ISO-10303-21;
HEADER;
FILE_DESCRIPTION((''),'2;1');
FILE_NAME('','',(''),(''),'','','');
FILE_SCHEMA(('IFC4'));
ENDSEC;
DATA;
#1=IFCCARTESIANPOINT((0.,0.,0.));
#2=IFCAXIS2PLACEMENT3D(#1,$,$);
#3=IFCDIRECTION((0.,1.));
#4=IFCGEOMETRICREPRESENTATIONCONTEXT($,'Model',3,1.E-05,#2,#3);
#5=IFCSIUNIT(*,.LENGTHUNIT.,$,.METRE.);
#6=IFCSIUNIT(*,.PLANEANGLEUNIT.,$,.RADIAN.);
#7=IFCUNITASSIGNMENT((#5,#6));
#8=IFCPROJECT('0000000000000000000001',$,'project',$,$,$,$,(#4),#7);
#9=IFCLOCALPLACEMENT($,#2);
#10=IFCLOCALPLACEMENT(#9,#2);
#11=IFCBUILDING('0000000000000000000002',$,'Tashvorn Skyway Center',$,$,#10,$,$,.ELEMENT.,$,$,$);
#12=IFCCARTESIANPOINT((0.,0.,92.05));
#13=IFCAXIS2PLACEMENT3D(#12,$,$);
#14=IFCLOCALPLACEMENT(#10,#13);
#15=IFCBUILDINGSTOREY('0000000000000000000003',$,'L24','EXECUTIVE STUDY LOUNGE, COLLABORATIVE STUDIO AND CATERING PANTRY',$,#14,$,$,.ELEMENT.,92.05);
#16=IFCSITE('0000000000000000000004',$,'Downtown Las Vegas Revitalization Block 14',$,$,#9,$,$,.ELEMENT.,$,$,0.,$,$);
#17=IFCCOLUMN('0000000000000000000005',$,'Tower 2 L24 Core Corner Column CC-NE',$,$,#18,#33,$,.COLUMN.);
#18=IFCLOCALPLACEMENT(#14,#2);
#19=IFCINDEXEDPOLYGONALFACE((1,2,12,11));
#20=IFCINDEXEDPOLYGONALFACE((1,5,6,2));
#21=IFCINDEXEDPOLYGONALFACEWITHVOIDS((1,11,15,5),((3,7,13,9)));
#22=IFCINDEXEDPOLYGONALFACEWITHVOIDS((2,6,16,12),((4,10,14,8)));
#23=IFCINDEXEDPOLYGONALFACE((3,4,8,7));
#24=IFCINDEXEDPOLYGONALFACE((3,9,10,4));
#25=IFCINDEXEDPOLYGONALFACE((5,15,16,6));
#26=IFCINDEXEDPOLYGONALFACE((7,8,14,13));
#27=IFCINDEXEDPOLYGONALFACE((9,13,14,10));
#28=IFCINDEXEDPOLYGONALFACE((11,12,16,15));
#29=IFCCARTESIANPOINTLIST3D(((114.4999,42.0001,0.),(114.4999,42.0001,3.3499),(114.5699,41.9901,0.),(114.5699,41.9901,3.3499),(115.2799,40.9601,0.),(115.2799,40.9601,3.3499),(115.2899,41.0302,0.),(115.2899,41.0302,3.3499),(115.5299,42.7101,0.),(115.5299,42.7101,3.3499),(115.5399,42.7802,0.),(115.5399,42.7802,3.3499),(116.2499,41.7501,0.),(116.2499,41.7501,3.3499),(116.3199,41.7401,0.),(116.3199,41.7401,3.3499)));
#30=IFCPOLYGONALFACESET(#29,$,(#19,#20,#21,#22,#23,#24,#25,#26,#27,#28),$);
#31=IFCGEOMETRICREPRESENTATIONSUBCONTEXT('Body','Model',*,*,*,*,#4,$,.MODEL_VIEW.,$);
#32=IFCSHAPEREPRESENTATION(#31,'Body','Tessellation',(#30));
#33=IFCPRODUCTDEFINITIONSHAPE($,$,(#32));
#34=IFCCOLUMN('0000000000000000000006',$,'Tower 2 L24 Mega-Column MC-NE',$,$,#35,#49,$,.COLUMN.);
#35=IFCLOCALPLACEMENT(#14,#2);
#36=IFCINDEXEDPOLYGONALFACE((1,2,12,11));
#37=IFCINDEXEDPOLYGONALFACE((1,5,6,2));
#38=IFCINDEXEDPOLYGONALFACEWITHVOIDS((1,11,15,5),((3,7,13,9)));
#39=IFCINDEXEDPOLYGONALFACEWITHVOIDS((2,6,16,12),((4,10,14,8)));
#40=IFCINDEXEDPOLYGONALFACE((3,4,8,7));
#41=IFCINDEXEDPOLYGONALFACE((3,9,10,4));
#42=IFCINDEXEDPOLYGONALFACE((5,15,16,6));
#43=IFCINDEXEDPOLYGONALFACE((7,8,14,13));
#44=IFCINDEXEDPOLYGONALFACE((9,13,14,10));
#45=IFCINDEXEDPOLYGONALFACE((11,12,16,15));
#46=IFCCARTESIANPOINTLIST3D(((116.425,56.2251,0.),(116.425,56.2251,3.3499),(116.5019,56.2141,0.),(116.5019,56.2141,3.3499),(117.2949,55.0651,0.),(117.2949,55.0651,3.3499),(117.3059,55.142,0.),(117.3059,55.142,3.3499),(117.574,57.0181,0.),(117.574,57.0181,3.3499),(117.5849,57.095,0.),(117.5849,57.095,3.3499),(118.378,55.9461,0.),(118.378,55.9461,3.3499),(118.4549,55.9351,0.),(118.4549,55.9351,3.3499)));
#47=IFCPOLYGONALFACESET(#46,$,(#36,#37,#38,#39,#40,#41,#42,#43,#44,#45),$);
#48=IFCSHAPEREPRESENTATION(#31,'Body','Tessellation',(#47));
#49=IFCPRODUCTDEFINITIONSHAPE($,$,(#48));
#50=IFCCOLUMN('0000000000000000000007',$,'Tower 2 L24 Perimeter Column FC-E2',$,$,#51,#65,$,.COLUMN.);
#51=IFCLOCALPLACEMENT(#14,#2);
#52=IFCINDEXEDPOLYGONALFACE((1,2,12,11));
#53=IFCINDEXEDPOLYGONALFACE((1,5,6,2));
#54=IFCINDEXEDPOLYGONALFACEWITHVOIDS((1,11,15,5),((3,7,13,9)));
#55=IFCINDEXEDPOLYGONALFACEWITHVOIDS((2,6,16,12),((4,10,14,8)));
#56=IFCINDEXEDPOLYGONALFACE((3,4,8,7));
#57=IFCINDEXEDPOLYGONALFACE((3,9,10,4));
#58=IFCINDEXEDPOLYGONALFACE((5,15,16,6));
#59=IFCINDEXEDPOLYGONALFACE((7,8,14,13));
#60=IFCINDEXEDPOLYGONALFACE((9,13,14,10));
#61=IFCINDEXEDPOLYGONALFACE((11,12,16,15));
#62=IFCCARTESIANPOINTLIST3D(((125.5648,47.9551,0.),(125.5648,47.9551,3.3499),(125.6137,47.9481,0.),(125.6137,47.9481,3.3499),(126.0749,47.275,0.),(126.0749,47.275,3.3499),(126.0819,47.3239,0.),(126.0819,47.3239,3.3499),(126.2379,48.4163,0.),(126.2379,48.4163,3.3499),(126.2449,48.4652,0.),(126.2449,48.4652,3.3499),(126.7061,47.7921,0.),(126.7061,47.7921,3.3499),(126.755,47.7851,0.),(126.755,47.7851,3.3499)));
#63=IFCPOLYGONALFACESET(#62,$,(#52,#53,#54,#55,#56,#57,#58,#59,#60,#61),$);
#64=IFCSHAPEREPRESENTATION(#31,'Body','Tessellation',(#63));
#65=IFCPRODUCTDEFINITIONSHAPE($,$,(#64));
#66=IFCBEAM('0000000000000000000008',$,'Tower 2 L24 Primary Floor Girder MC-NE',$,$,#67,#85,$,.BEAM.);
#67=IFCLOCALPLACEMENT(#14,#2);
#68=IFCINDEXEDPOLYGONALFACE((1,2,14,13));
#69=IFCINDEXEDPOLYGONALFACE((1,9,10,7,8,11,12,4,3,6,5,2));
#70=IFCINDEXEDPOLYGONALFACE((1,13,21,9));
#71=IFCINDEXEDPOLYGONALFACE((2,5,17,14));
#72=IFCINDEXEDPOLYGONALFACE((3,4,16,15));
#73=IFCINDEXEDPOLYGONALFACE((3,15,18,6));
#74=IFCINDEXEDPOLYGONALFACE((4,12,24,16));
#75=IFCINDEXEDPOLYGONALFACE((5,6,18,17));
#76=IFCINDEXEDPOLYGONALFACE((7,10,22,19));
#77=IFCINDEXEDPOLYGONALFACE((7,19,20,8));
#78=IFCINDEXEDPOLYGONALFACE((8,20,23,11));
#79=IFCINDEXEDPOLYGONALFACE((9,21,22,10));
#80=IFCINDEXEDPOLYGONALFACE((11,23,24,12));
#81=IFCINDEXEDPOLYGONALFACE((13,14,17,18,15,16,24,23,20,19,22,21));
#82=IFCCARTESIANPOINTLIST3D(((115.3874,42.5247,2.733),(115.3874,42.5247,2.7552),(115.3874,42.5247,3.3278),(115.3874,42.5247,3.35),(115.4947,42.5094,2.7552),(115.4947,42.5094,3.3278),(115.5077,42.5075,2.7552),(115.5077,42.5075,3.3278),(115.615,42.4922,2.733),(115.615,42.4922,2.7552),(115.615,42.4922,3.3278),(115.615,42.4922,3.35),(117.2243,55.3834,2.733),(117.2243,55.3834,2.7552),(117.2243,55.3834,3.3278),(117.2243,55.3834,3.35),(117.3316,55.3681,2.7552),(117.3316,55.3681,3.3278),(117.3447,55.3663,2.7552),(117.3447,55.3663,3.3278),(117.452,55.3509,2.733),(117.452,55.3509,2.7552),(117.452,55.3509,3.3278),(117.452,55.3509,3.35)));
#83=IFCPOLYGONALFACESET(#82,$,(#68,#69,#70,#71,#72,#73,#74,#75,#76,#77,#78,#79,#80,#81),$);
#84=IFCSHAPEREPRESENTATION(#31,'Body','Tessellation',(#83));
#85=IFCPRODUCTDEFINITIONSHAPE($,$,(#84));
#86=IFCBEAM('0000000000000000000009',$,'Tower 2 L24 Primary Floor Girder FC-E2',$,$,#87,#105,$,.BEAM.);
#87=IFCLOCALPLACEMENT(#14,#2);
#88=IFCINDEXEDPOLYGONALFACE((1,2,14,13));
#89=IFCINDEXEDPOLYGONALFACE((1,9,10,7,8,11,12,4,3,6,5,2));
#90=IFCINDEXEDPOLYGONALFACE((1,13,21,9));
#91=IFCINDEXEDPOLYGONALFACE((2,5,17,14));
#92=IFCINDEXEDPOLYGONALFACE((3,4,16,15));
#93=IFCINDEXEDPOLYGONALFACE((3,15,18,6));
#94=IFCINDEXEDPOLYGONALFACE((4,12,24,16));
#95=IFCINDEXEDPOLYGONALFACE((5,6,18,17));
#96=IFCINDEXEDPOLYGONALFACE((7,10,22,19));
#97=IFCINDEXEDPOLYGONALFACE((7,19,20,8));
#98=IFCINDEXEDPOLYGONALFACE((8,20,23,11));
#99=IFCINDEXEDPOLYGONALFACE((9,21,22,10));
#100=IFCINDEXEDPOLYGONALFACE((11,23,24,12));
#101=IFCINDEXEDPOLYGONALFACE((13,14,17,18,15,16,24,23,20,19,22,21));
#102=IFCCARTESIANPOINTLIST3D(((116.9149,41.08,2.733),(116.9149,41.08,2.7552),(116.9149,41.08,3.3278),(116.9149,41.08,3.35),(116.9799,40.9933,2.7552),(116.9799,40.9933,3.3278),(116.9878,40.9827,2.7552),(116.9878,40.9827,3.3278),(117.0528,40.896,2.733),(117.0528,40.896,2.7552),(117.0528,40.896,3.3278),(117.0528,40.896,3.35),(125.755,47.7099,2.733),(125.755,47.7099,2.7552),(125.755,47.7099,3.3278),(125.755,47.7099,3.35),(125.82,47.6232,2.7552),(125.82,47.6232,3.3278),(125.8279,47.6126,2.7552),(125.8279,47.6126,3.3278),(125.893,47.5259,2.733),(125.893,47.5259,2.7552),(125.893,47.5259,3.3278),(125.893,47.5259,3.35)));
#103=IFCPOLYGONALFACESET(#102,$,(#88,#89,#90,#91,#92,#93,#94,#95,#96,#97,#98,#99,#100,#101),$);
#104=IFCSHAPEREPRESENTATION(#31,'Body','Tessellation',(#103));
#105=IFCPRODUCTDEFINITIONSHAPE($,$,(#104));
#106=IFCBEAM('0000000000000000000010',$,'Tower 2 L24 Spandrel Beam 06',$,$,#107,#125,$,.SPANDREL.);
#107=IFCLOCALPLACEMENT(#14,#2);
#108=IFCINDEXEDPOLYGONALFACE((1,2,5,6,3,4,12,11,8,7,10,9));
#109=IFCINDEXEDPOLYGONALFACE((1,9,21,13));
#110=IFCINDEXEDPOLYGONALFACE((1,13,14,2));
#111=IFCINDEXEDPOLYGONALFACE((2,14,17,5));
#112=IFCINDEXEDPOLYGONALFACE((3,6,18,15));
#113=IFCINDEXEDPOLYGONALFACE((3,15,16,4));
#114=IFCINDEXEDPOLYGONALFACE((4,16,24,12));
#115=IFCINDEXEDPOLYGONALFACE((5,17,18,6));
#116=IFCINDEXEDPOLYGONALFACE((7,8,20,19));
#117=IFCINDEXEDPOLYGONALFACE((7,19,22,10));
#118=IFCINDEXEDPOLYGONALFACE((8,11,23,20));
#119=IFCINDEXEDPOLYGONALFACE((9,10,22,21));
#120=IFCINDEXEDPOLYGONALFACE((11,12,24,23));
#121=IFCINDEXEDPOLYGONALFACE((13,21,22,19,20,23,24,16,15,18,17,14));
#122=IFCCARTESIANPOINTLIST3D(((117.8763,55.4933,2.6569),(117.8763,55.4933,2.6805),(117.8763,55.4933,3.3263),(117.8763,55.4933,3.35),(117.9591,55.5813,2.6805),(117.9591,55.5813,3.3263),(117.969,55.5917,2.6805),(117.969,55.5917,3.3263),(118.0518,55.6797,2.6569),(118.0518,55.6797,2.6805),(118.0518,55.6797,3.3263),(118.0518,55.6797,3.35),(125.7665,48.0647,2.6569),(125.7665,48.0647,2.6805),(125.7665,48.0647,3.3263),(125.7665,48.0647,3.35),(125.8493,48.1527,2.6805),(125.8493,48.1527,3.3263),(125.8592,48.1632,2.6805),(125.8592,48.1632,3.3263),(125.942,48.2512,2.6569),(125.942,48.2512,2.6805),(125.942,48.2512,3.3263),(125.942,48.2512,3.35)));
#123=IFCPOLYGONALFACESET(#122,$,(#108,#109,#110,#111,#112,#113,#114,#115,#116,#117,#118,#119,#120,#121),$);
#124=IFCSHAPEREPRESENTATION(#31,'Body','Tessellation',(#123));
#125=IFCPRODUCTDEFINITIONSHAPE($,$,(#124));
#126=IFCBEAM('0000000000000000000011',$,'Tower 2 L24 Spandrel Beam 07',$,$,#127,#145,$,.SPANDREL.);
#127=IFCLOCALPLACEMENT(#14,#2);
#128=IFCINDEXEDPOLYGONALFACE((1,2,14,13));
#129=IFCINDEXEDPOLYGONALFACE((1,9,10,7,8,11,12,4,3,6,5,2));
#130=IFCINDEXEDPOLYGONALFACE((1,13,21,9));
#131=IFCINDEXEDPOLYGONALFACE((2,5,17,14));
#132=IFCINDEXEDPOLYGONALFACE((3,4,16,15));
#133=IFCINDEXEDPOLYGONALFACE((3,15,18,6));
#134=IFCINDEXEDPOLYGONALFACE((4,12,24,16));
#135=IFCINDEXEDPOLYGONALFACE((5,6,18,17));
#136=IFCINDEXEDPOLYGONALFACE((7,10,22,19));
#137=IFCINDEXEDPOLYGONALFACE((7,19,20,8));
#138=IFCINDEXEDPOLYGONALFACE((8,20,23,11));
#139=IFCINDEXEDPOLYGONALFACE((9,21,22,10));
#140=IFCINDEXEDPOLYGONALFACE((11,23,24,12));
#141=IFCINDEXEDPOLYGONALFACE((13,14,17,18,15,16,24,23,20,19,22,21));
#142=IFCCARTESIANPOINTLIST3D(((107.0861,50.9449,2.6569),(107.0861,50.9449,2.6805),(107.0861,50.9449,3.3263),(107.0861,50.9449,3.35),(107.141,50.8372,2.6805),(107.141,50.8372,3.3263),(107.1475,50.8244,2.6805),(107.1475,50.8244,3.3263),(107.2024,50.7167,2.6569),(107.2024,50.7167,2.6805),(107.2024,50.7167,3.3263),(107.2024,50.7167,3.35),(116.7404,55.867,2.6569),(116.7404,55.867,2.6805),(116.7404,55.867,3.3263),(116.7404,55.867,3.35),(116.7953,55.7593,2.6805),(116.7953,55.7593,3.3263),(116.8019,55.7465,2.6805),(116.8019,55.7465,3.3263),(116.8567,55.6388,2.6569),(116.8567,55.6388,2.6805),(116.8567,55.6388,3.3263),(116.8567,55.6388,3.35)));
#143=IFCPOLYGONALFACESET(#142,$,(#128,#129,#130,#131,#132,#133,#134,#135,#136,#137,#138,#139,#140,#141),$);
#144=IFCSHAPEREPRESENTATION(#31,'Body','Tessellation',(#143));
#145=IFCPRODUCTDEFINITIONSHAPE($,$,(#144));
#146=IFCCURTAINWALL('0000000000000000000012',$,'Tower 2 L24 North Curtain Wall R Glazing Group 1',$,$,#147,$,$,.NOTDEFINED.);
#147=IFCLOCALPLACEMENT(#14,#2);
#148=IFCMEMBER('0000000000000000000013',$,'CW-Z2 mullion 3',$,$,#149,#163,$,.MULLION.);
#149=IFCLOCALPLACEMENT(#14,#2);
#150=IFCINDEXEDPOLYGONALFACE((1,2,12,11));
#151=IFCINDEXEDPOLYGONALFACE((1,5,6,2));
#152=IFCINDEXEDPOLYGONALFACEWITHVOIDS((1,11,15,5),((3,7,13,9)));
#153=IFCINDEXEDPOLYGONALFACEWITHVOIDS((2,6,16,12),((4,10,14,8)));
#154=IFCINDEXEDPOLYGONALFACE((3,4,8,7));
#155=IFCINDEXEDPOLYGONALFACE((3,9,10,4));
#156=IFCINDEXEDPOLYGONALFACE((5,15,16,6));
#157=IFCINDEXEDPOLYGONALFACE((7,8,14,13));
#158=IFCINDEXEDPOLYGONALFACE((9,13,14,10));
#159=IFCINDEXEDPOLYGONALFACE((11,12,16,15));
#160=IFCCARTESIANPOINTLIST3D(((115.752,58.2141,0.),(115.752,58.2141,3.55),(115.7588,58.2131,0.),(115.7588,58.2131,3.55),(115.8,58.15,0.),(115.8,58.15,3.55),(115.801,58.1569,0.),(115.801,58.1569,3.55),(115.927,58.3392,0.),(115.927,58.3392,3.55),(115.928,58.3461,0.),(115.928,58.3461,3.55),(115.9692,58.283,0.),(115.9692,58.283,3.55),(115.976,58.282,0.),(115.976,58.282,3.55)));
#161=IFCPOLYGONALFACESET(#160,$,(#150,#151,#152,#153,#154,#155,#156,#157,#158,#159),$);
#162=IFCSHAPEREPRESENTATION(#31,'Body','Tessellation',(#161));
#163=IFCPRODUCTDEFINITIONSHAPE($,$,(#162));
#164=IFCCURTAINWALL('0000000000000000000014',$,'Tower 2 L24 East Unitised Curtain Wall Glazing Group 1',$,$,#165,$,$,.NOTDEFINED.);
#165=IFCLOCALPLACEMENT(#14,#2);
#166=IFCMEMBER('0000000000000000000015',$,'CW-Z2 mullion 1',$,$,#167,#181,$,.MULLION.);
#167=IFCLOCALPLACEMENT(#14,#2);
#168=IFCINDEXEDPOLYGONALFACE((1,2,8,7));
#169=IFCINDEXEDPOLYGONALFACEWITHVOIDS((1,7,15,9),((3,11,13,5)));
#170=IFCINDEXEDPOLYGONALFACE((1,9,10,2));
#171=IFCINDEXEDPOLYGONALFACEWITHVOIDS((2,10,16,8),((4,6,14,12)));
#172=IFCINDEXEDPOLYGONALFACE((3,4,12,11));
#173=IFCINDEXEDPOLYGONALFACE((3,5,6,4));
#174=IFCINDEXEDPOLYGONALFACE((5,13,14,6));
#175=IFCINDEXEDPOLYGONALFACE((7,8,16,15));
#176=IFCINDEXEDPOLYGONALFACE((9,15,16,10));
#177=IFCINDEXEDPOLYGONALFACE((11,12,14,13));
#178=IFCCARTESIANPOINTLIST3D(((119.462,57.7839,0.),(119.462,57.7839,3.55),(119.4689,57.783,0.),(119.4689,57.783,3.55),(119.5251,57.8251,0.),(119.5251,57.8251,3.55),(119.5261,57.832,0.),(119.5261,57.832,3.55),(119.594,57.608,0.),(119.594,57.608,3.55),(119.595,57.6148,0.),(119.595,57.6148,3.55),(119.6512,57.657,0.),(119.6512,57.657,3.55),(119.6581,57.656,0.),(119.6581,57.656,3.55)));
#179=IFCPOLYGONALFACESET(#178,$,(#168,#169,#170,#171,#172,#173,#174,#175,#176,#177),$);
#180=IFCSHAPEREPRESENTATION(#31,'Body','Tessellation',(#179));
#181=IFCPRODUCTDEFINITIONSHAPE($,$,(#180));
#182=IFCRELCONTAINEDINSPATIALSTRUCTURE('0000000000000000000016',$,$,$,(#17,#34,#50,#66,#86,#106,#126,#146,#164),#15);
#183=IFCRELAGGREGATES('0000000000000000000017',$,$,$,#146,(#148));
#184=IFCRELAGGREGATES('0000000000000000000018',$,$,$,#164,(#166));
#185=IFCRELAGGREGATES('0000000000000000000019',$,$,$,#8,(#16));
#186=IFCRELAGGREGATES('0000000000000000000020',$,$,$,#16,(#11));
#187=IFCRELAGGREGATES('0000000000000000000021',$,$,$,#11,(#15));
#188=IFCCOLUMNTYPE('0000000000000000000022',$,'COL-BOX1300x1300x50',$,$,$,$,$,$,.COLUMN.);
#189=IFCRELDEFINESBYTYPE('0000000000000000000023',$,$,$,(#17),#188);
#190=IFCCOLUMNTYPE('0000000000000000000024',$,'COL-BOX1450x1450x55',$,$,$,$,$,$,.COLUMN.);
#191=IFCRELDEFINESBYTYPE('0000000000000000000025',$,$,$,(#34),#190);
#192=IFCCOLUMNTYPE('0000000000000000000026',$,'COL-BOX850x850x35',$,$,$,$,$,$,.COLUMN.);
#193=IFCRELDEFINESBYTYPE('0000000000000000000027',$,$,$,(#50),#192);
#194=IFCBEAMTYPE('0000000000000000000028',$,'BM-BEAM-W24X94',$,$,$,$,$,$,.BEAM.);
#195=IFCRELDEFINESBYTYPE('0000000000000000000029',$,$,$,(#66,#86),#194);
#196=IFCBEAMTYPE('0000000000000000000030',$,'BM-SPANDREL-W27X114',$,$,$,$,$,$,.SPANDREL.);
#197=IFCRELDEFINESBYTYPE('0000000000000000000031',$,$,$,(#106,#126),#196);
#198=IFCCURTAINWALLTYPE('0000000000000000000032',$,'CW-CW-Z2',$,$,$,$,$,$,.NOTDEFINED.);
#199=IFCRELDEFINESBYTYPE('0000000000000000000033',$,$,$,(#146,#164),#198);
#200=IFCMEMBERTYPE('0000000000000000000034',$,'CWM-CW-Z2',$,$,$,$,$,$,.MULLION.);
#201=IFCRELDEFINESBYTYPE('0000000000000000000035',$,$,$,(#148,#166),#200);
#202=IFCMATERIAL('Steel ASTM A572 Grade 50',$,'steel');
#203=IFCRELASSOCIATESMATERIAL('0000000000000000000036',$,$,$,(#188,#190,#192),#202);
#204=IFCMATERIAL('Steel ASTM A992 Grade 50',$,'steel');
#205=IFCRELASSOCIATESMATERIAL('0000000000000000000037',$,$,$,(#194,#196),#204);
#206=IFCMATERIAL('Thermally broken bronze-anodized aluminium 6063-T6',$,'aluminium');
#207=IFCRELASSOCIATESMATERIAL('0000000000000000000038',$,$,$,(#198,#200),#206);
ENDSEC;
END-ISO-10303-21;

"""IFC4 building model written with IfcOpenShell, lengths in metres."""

from ifc_helpers import new_model, si_unit, direction, frame, origin, origin_2d, place, context, subcontext, project, spatial, hollow_rectangle, i_section, extrude, material, material_profile, profile_set, type_object, element, aggregate, save


model = new_model("IFC4")

# Units and contexts
model_context = context("Model", 3, precision=1e-05, world=origin(), true_north=direction((0.0, 1.0)))
body_context = subcontext(model_context, "Body", "Model", "MODEL_VIEW")
ifc_project = project(units=[si_unit("LENGTHUNIT", "METRE"), si_unit("PLANEANGLEUNIT", "RADIAN")], contexts=[model_context])

# Site, building, storey
site_placement = place(None, origin())
site = spatial("IfcSite", under=ifc_project, at=site_placement, Name="Downtown Las Vegas Revitalization Block 14", CompositionType="ELEMENT", RefElevation=0.0)
building_placement = place(site_placement, origin())
building = spatial("IfcBuilding", under=site, at=building_placement, Name="Tashvorn Skyway Center", CompositionType="ELEMENT")
storey_placement = place(building_placement, frame((0.0, 0.0, 92.05)))
storey = spatial("IfcBuildingStorey", under=building, at=storey_placement, Name="L24", Description="EXECUTIVE STUDY LOUNGE, COLLABORATIVE STUDIO AND CATERING PANTRY", CompositionType="ELEMENT", Elevation=92.05)

# Columns
ifc_material_1 = material(Name="Steel ASTM A572 Grade 50", Category="steel")
ifc_material_profile_1 = material_profile(ifc_material_1, hollow_rectangle(XDim=1.3, YDim=1.3, WallThickness=0.05, at=origin_2d()), Name="BOX1300x1300x50")
ifc_profile_set_1 = profile_set([ifc_material_profile_1], Name="Steel ASTM A572 Grade 50")
column_type_1 = type_object("IfcColumnType", Name="COL-BOX1300x1300x50", PredefinedType="COLUMN", material=ifc_profile_set_1)
column_1_placement = place(storey_placement, frame((115.4099, 41.8701, 0.0), z_axis=(0.0, 0.0, 1.0), x_axis=(0.8, 0.6, 0.0)))
element("IfcColumn", 1, at=column_1_placement, inside=storey, type_object=column_type_1, Name="Tower 2 L24 Core Corner Column CC-NE", PredefinedType="COLUMN", context=body_context, shape_type="SweptSolid", body=[
    extrude(hollow_rectangle(XDim=1.3, YDim=1.3, WallThickness=0.05, at=origin_2d()), origin(), (0.0, 0.0, 1.0), 3.3499),
])
ifc_material_profile_2 = material_profile(ifc_material_1, hollow_rectangle(XDim=1.45, YDim=1.45, WallThickness=0.0549, at=origin_2d()), Name="BOX1450x1450x55")
ifc_profile_set_2 = profile_set([ifc_material_profile_2], Name="Steel ASTM A572 Grade 50")
column_type_2 = type_object("IfcColumnType", Name="COL-BOX1450x1450x55", PredefinedType="COLUMN", material=ifc_profile_set_2)
column_2_placement = place(storey_placement, frame((117.4399, 56.0801, 0.0), z_axis=(0.0, 0.0, 1.0), x_axis=(0.8, 0.6, 0.0)))
element("IfcColumn", 2, at=column_2_placement, inside=storey, type_object=column_type_2, Name="Tower 2 L24 Mega-Column MC-NE", PredefinedType="COLUMN", context=body_context, shape_type="SweptSolid", body=[
    extrude(hollow_rectangle(XDim=1.45, YDim=1.45, WallThickness=0.0549, at=origin_2d()), origin(), (0.0, 0.0, 1.0), 3.3499),
])
ifc_material_profile_3 = material_profile(ifc_material_1, hollow_rectangle(XDim=0.8501, YDim=0.8501, WallThickness=0.0349, at=origin_2d()), Name="BOX850x850x35")
ifc_profile_set_3 = profile_set([ifc_material_profile_3], Name="Steel ASTM A572 Grade 50")
column_type_3 = type_object("IfcColumnType", Name="COL-BOX850x850x35", PredefinedType="COLUMN", material=ifc_profile_set_3)
column_3_placement = place(storey_placement, frame((126.1599, 47.8701, 0.0), z_axis=(0.0, 0.0, 1.0), x_axis=(0.8, 0.6, 0.0)))
element("IfcColumn", 3, at=column_3_placement, inside=storey, type_object=column_type_3, Name="Tower 2 L24 Perimeter Column FC-E2", PredefinedType="COLUMN", context=body_context, shape_type="SweptSolid", body=[
    extrude(hollow_rectangle(XDim=0.8501, YDim=0.8501, WallThickness=0.0349, at=origin_2d()), origin(), (0.0, 0.0, 1.0), 3.3499),
])

# Beams
ifc_material_2 = material(Name="Steel ASTM A992 Grade 50", Category="steel")
ifc_material_profile_4 = material_profile(ifc_material_2, i_section(OverallWidth=0.23, OverallDepth=0.6169, WebThickness=0.0132, FlangeThickness=0.0222, at=origin_2d()), Name="W24X94")
ifc_profile_set_4 = profile_set([ifc_material_profile_4], Name="Steel ASTM A992 Grade 50")
beam_type_1 = type_object("IfcBeamType", Name="BM-BEAM-W24X94", PredefinedType="BEAM", material=ifc_profile_set_4)
beam_1_placement = place(storey_placement, frame((117.3381, 55.3672, 3.0415), z_axis=(-0.141419, -0.98995, 0.0), x_axis=(0.98995, -0.141419, 0.0)))
element("IfcBeam", 4, at=beam_1_placement, inside=storey, type_object=beam_type_1, Name="Tower 2 L24 Primary Floor Girder MC-NE", PredefinedType="BEAM", context=body_context, shape_type="SweptSolid", body=[
    extrude(i_section(OverallWidth=0.23, OverallDepth=0.6169, WebThickness=0.0132, FlangeThickness=0.0222, at=origin_2d()), origin(), (0.0, 0.0, 1.0), 12.9893),
])
beam_2_placement = place(storey_placement, frame((125.824, 47.6179, 3.0415), z_axis=(-0.800008, -0.599989, 0.0), x_axis=(0.599989, -0.800008, 0.0)))
element("IfcBeam", 5, at=beam_2_placement, inside=storey, type_object=beam_type_1, Name="Tower 2 L24 Primary Floor Girder FC-E2", PredefinedType="BEAM", context=body_context, shape_type="SweptSolid", body=[
    extrude(i_section(OverallWidth=0.23, OverallDepth=0.6169, WebThickness=0.0132, FlangeThickness=0.0222, at=origin_2d()), origin(), (0.0, 0.0, 1.0), 11.05),
])
ifc_material_profile_5 = material_profile(ifc_material_2, i_section(OverallWidth=0.2561, OverallDepth=0.6931, WebThickness=0.0144, FlangeThickness=0.0237, at=origin_2d()), Name="W27X114")
ifc_profile_set_5 = profile_set([ifc_material_profile_5], Name="Steel ASTM A992 Grade 50")
beam_type_2 = type_object("IfcBeamType", Name="BM-SPANDREL-W27X114", PredefinedType="SPANDREL", material=ifc_profile_set_5)
beam_3_placement = place(storey_placement, frame((125.8542, 48.158, 3.0034), z_axis=(-0.728087, 0.685485, 0.0), x_axis=(-0.685485, -0.728087, 0.0)))
element("IfcBeam", 6, at=beam_3_placement, inside=storey, type_object=beam_type_2, Name="Tower 2 L24 Spandrel Beam 06", PredefinedType="SPANDREL", context=body_context, shape_type="SweptSolid", body=[
    extrude(i_section(OverallWidth=0.2561, OverallDepth=0.6931, WebThickness=0.0144, FlangeThickness=0.0237, at=origin_2d()), origin(), (0.0, 0.0, 1.0), 10.8369),
])
beam_4_placement = place(storey_placement, frame((116.7986, 55.7529, 3.0034), z_axis=(-0.890894, -0.454211, 0.0), x_axis=(0.454211, -0.890894, 0.0)))
element("IfcBeam", 7, at=beam_4_placement, inside=storey, type_object=beam_type_2, Name="Tower 2 L24 Spandrel Beam 07", PredefinedType="SPANDREL", context=body_context, shape_type="SweptSolid", body=[
    extrude(i_section(OverallWidth=0.2561, OverallDepth=0.6931, WebThickness=0.0144, FlangeThickness=0.0237, at=origin_2d()), origin(), (0.0, 0.0, 1.0), 10.8367),
])

# Curtain wall, member
ifc_material_3 = material(Name="Thermally broken bronze-anodized aluminium 6063-T6", Category="aluminium")
curtain_wall_type = type_object("IfcCurtainWallType", Name="CW-CW-Z2", PredefinedType="NOTDEFINED", material=ifc_material_3)
curtain_wall_1_placement = place(storey_placement, origin())
curtain_wall_1 = element("IfcCurtainWall", 8, at=curtain_wall_1_placement, inside=storey, type_object=curtain_wall_type, Name="Tower 2 L24 North Curtain Wall R Glazing Group 1", PredefinedType="NOTDEFINED")
ifc_material_profile_6 = material_profile(ifc_material_3, hollow_rectangle(XDim=0.0801, YDim=0.22, WallThickness=0.0049, at=origin_2d()), Name="ALU-MULL-80x220")
ifc_profile_set_6 = profile_set([ifc_material_profile_6], Name="Thermally broken bronze-anodized aluminium 6063-T6")
member_type_1 = type_object("IfcMemberType", Name="CWM-CW-Z2", PredefinedType="MULLION", material=ifc_profile_set_6)
member_1_placement = place(storey_placement, frame((115.864, 58.248, 0.0), z_axis=(0.0, 0.0, 1.0), x_axis=(-0.600002, 0.799999, 0.0)))
member_1 = element("IfcMember", 9, at=member_1_placement, type_object=member_type_1, Name="CW-Z2 mullion 3", PredefinedType="MULLION", context=body_context, shape_type="SweptSolid", body=[
    extrude(hollow_rectangle(XDim=0.0801, YDim=0.22, WallThickness=0.0049, at=origin_2d()), origin(), (0.0, 0.0, 1.0), 3.55),
])

# Curtain wall, member
curtain_wall_2_placement = place(storey_placement, origin())
curtain_wall_2 = element("IfcCurtainWall", 10, at=curtain_wall_2_placement, inside=storey, type_object=curtain_wall_type, Name="Tower 2 L24 East Unitised Curtain Wall Glazing Group 1", PredefinedType="NOTDEFINED")
member_2_placement = place(storey_placement, frame((119.5601, 57.72, 0.0), z_axis=(0.0, 0.0, 1.0), x_axis=(0.8, 0.6, 0.0)))
member_2 = element("IfcMember", 11, at=member_2_placement, type_object=member_type_1, Name="CW-Z2 mullion 1", PredefinedType="MULLION", context=body_context, shape_type="SweptSolid", body=[
    extrude(hollow_rectangle(XDim=0.0801, YDim=0.22, WallThickness=0.0049, at=origin_2d()), origin(), (0.0, 0.0, 1.0), 3.55),
])

aggregate(curtain_wall_1, [member_1])
aggregate(curtain_wall_2, [member_2])

save(model, "model.ifc")
